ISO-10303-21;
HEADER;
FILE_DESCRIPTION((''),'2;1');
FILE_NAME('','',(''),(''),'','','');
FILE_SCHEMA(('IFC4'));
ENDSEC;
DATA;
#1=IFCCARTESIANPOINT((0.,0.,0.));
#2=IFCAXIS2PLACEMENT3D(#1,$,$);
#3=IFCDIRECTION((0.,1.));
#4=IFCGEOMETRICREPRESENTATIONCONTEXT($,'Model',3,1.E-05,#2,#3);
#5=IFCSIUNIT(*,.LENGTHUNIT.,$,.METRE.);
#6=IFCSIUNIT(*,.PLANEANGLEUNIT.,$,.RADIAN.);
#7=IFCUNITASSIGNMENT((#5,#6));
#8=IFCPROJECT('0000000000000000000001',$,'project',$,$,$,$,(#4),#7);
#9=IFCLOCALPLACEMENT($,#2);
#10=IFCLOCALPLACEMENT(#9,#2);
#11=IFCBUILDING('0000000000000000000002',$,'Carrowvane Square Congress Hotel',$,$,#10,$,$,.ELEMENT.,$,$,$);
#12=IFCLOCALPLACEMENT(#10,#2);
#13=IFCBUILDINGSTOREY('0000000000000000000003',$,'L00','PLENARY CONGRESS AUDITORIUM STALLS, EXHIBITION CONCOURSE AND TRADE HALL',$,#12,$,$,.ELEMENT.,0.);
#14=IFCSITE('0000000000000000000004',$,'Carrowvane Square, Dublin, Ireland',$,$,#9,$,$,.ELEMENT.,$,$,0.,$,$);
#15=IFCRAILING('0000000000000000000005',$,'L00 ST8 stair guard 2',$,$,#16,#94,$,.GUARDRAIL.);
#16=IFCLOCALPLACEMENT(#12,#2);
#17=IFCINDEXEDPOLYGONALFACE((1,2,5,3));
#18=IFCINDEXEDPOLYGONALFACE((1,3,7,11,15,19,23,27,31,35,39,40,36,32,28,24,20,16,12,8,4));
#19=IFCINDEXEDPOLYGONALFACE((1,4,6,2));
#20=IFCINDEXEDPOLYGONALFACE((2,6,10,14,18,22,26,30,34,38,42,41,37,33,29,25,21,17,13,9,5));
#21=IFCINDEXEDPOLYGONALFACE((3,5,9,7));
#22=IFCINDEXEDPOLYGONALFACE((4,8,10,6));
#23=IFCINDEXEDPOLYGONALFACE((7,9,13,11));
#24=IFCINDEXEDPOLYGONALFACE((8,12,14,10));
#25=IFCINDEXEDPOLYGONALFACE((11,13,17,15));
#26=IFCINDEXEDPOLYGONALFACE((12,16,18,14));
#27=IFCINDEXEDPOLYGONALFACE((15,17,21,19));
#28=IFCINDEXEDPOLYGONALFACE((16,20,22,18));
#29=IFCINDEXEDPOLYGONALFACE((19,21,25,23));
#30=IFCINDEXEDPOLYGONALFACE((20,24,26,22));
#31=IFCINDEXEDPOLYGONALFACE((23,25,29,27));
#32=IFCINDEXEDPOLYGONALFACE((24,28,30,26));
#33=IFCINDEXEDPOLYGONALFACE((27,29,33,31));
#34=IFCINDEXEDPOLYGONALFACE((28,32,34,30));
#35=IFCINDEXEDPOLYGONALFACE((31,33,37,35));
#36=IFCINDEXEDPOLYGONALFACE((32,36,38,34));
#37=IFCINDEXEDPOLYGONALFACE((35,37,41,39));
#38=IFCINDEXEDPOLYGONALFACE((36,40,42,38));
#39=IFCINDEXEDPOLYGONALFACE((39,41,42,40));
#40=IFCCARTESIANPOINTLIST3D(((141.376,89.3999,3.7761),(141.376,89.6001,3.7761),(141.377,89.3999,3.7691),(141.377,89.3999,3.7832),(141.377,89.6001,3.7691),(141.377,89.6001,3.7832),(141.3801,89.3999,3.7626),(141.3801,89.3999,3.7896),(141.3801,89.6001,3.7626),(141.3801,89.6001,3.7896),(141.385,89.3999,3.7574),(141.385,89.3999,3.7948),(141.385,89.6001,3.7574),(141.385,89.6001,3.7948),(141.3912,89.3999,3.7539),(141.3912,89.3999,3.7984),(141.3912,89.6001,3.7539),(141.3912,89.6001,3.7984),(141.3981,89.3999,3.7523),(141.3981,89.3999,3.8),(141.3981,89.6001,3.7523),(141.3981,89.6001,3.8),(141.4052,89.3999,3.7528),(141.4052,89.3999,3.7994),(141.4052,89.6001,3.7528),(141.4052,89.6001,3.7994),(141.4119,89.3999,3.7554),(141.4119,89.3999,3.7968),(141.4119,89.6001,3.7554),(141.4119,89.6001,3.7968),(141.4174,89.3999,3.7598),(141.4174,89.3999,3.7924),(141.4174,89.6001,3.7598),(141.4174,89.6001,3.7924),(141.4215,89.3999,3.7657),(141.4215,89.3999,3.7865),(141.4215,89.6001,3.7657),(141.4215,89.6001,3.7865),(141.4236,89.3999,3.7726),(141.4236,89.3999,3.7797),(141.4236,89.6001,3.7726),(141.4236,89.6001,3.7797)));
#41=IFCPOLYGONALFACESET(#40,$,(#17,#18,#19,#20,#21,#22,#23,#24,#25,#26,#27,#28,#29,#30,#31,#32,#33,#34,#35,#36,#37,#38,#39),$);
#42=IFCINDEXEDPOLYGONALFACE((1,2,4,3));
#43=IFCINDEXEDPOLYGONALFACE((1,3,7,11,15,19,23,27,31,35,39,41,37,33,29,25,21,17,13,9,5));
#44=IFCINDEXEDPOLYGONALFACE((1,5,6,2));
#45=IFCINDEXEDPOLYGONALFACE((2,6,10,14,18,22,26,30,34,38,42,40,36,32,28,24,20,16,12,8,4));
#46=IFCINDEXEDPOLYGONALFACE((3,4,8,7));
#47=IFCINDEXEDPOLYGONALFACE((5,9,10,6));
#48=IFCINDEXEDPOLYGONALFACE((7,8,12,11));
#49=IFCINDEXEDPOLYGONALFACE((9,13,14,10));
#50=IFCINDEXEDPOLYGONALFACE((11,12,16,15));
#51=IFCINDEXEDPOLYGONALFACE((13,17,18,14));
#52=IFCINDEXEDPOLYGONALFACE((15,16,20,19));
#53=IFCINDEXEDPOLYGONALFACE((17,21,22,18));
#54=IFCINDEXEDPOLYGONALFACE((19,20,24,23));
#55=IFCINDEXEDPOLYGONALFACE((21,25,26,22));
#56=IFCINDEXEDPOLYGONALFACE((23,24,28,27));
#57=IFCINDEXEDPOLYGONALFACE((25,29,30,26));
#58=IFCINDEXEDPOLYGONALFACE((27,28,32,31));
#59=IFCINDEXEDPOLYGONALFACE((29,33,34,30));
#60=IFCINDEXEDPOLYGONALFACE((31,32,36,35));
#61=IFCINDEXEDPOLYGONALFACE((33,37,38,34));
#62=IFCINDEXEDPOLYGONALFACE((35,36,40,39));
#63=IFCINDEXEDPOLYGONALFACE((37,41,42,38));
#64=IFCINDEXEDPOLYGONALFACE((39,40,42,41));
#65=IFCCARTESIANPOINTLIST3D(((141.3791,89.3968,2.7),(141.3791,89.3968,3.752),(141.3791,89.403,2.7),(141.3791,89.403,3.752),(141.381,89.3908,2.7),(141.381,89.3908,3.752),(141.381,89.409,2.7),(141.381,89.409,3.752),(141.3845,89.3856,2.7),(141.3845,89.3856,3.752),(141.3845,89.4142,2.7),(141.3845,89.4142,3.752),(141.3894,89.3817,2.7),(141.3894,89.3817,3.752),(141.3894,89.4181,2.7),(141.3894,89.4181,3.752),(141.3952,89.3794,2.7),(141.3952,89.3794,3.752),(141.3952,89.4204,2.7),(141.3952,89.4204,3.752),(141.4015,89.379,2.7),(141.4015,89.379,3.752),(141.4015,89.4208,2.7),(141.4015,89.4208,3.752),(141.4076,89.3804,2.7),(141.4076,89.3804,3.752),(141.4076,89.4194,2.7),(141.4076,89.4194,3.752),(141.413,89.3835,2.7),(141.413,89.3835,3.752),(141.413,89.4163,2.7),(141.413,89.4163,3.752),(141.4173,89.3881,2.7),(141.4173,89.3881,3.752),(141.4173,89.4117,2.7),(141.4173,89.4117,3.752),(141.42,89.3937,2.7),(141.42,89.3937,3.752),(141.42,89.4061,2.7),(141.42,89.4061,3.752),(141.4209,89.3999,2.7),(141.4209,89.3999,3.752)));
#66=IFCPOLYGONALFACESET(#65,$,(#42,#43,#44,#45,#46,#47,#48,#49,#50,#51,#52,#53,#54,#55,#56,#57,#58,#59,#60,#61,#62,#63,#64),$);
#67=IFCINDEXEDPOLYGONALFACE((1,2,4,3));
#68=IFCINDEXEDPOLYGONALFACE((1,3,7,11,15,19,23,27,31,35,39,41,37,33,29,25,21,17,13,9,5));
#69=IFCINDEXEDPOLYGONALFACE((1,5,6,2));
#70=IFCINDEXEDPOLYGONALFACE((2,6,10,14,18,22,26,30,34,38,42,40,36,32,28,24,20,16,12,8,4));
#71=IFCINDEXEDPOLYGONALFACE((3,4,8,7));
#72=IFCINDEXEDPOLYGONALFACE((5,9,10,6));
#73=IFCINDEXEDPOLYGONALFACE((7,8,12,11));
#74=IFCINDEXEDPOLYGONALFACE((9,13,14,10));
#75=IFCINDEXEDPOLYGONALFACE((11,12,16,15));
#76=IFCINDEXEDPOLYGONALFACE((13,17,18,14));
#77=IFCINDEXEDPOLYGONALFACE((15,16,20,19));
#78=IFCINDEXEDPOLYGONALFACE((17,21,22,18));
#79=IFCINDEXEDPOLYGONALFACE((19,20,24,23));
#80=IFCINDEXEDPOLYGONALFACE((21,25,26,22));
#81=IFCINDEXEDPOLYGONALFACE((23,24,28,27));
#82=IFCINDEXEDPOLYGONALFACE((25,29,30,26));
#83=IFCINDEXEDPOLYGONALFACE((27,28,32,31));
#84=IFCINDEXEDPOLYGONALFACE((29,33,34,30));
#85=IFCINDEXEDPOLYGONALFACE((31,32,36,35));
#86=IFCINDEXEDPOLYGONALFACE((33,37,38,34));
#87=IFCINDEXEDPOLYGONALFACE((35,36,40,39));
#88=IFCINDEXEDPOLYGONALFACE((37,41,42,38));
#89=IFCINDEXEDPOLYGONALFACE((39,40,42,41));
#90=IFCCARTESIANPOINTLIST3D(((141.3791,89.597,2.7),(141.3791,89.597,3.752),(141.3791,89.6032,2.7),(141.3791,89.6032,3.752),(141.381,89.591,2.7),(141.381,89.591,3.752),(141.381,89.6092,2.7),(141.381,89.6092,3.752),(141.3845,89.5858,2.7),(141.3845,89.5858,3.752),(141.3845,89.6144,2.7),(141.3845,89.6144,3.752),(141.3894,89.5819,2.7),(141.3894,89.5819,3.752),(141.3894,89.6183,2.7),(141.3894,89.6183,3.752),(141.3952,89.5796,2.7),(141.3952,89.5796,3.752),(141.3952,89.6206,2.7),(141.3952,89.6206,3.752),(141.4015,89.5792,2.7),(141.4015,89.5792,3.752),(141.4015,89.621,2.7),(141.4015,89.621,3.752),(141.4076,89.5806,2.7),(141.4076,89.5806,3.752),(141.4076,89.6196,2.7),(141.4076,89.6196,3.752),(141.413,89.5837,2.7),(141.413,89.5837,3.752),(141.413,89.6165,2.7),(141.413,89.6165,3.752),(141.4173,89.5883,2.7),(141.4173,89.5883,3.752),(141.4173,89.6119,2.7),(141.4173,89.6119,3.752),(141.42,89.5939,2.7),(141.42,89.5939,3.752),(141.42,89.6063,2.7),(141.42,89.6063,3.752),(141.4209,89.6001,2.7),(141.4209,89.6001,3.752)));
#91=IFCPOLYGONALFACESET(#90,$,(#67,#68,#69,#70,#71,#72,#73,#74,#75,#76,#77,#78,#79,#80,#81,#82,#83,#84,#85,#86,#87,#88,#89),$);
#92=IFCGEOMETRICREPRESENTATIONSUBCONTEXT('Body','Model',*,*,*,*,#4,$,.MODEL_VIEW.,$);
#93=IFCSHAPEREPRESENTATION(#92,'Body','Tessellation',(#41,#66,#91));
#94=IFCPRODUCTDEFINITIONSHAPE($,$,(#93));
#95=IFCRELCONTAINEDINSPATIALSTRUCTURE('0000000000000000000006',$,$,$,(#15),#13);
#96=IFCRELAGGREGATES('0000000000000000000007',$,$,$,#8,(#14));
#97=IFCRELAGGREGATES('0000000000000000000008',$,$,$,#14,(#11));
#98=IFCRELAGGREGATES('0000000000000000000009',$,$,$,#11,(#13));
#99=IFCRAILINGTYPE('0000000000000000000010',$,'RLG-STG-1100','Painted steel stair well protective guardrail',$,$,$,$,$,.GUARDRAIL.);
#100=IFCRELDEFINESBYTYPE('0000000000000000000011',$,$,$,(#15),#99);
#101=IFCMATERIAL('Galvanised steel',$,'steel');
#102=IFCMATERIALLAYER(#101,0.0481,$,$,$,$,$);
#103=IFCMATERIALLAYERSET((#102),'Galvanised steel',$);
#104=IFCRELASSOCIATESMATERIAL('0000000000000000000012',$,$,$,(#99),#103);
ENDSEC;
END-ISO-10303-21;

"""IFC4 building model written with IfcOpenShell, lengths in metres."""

from ifc_helpers import new_model, si_unit, direction, frame, origin, origin_2d, place, context, subcontext, project, spatial, circle, extrude, material, layer, layer_set, type_object, element, save


model = new_model("IFC4")

# Units and contexts
model_context = context("Model", 3, precision=1e-05, world=origin(), true_north=direction((0.0, 1.0)))
body_context = subcontext(model_context, "Body", "Model", "MODEL_VIEW")
ifc_project = project(units=[si_unit("LENGTHUNIT", "METRE"), si_unit("PLANEANGLEUNIT", "RADIAN")], contexts=[model_context])

# Site, building, storey
site_placement = place(None, origin())
site = spatial("IfcSite", under=ifc_project, at=site_placement, Name="Carrowvane Square, Dublin, Ireland", CompositionType="ELEMENT", RefElevation=0.0)
building_placement = place(site_placement, origin())
building = spatial("IfcBuilding", under=site, at=building_placement, Name="Carrowvane Square Congress Hotel", CompositionType="ELEMENT")
storey_placement = place(building_placement, origin())
storey = spatial("IfcBuildingStorey", under=building, at=storey_placement, Name="L00", Description="PLENARY CONGRESS AUDITORIUM STALLS, EXHIBITION CONCOURSE AND TRADE HALL", CompositionType="ELEMENT", Elevation=0.0)

# Railing
ifc_material_1 = material(Name="Galvanised steel", Category="steel")
ifc_layer_1 = layer(ifc_material_1, 0.0481)
ifc_layer_set_1 = layer_set([ifc_layer_1], Name="Galvanised steel")
railing_type_1 = type_object("IfcRailingType", Name="RLG-STG-1100", Description="Painted steel stair well protective guardrail", PredefinedType="GUARDRAIL", material=ifc_layer_set_1)
railing_1_placement = place(storey_placement, frame((141.3999, 89.3999, 2.7)))
element("IfcRailing", 1, at=railing_1_placement, inside=storey, type_object=railing_type_1, Name="L00 ST8 stair guard 2", PredefinedType="GUARDRAIL", context=body_context, shape_type="SweptSolid", body=[
    extrude(circle(Radius=0.0239, at=origin_2d()), frame((0.0, 0.0, 1.0762), z_axis=(0.0, 1.0, 0.0), x_axis=(-1.0, 0.0, 0.0)), (0.0, 0.0, 1.0), 0.2002),
    extrude(circle(Radius=0.021, at=origin_2d()), origin(), (0.0, 0.0, 1.0), 1.052),
    extrude(circle(Radius=0.021, at=origin_2d()), frame((0.0, 0.2002, 0.0)), (0.0, 0.0, 1.0), 1.052),
])

save(model, "model.ifc")
